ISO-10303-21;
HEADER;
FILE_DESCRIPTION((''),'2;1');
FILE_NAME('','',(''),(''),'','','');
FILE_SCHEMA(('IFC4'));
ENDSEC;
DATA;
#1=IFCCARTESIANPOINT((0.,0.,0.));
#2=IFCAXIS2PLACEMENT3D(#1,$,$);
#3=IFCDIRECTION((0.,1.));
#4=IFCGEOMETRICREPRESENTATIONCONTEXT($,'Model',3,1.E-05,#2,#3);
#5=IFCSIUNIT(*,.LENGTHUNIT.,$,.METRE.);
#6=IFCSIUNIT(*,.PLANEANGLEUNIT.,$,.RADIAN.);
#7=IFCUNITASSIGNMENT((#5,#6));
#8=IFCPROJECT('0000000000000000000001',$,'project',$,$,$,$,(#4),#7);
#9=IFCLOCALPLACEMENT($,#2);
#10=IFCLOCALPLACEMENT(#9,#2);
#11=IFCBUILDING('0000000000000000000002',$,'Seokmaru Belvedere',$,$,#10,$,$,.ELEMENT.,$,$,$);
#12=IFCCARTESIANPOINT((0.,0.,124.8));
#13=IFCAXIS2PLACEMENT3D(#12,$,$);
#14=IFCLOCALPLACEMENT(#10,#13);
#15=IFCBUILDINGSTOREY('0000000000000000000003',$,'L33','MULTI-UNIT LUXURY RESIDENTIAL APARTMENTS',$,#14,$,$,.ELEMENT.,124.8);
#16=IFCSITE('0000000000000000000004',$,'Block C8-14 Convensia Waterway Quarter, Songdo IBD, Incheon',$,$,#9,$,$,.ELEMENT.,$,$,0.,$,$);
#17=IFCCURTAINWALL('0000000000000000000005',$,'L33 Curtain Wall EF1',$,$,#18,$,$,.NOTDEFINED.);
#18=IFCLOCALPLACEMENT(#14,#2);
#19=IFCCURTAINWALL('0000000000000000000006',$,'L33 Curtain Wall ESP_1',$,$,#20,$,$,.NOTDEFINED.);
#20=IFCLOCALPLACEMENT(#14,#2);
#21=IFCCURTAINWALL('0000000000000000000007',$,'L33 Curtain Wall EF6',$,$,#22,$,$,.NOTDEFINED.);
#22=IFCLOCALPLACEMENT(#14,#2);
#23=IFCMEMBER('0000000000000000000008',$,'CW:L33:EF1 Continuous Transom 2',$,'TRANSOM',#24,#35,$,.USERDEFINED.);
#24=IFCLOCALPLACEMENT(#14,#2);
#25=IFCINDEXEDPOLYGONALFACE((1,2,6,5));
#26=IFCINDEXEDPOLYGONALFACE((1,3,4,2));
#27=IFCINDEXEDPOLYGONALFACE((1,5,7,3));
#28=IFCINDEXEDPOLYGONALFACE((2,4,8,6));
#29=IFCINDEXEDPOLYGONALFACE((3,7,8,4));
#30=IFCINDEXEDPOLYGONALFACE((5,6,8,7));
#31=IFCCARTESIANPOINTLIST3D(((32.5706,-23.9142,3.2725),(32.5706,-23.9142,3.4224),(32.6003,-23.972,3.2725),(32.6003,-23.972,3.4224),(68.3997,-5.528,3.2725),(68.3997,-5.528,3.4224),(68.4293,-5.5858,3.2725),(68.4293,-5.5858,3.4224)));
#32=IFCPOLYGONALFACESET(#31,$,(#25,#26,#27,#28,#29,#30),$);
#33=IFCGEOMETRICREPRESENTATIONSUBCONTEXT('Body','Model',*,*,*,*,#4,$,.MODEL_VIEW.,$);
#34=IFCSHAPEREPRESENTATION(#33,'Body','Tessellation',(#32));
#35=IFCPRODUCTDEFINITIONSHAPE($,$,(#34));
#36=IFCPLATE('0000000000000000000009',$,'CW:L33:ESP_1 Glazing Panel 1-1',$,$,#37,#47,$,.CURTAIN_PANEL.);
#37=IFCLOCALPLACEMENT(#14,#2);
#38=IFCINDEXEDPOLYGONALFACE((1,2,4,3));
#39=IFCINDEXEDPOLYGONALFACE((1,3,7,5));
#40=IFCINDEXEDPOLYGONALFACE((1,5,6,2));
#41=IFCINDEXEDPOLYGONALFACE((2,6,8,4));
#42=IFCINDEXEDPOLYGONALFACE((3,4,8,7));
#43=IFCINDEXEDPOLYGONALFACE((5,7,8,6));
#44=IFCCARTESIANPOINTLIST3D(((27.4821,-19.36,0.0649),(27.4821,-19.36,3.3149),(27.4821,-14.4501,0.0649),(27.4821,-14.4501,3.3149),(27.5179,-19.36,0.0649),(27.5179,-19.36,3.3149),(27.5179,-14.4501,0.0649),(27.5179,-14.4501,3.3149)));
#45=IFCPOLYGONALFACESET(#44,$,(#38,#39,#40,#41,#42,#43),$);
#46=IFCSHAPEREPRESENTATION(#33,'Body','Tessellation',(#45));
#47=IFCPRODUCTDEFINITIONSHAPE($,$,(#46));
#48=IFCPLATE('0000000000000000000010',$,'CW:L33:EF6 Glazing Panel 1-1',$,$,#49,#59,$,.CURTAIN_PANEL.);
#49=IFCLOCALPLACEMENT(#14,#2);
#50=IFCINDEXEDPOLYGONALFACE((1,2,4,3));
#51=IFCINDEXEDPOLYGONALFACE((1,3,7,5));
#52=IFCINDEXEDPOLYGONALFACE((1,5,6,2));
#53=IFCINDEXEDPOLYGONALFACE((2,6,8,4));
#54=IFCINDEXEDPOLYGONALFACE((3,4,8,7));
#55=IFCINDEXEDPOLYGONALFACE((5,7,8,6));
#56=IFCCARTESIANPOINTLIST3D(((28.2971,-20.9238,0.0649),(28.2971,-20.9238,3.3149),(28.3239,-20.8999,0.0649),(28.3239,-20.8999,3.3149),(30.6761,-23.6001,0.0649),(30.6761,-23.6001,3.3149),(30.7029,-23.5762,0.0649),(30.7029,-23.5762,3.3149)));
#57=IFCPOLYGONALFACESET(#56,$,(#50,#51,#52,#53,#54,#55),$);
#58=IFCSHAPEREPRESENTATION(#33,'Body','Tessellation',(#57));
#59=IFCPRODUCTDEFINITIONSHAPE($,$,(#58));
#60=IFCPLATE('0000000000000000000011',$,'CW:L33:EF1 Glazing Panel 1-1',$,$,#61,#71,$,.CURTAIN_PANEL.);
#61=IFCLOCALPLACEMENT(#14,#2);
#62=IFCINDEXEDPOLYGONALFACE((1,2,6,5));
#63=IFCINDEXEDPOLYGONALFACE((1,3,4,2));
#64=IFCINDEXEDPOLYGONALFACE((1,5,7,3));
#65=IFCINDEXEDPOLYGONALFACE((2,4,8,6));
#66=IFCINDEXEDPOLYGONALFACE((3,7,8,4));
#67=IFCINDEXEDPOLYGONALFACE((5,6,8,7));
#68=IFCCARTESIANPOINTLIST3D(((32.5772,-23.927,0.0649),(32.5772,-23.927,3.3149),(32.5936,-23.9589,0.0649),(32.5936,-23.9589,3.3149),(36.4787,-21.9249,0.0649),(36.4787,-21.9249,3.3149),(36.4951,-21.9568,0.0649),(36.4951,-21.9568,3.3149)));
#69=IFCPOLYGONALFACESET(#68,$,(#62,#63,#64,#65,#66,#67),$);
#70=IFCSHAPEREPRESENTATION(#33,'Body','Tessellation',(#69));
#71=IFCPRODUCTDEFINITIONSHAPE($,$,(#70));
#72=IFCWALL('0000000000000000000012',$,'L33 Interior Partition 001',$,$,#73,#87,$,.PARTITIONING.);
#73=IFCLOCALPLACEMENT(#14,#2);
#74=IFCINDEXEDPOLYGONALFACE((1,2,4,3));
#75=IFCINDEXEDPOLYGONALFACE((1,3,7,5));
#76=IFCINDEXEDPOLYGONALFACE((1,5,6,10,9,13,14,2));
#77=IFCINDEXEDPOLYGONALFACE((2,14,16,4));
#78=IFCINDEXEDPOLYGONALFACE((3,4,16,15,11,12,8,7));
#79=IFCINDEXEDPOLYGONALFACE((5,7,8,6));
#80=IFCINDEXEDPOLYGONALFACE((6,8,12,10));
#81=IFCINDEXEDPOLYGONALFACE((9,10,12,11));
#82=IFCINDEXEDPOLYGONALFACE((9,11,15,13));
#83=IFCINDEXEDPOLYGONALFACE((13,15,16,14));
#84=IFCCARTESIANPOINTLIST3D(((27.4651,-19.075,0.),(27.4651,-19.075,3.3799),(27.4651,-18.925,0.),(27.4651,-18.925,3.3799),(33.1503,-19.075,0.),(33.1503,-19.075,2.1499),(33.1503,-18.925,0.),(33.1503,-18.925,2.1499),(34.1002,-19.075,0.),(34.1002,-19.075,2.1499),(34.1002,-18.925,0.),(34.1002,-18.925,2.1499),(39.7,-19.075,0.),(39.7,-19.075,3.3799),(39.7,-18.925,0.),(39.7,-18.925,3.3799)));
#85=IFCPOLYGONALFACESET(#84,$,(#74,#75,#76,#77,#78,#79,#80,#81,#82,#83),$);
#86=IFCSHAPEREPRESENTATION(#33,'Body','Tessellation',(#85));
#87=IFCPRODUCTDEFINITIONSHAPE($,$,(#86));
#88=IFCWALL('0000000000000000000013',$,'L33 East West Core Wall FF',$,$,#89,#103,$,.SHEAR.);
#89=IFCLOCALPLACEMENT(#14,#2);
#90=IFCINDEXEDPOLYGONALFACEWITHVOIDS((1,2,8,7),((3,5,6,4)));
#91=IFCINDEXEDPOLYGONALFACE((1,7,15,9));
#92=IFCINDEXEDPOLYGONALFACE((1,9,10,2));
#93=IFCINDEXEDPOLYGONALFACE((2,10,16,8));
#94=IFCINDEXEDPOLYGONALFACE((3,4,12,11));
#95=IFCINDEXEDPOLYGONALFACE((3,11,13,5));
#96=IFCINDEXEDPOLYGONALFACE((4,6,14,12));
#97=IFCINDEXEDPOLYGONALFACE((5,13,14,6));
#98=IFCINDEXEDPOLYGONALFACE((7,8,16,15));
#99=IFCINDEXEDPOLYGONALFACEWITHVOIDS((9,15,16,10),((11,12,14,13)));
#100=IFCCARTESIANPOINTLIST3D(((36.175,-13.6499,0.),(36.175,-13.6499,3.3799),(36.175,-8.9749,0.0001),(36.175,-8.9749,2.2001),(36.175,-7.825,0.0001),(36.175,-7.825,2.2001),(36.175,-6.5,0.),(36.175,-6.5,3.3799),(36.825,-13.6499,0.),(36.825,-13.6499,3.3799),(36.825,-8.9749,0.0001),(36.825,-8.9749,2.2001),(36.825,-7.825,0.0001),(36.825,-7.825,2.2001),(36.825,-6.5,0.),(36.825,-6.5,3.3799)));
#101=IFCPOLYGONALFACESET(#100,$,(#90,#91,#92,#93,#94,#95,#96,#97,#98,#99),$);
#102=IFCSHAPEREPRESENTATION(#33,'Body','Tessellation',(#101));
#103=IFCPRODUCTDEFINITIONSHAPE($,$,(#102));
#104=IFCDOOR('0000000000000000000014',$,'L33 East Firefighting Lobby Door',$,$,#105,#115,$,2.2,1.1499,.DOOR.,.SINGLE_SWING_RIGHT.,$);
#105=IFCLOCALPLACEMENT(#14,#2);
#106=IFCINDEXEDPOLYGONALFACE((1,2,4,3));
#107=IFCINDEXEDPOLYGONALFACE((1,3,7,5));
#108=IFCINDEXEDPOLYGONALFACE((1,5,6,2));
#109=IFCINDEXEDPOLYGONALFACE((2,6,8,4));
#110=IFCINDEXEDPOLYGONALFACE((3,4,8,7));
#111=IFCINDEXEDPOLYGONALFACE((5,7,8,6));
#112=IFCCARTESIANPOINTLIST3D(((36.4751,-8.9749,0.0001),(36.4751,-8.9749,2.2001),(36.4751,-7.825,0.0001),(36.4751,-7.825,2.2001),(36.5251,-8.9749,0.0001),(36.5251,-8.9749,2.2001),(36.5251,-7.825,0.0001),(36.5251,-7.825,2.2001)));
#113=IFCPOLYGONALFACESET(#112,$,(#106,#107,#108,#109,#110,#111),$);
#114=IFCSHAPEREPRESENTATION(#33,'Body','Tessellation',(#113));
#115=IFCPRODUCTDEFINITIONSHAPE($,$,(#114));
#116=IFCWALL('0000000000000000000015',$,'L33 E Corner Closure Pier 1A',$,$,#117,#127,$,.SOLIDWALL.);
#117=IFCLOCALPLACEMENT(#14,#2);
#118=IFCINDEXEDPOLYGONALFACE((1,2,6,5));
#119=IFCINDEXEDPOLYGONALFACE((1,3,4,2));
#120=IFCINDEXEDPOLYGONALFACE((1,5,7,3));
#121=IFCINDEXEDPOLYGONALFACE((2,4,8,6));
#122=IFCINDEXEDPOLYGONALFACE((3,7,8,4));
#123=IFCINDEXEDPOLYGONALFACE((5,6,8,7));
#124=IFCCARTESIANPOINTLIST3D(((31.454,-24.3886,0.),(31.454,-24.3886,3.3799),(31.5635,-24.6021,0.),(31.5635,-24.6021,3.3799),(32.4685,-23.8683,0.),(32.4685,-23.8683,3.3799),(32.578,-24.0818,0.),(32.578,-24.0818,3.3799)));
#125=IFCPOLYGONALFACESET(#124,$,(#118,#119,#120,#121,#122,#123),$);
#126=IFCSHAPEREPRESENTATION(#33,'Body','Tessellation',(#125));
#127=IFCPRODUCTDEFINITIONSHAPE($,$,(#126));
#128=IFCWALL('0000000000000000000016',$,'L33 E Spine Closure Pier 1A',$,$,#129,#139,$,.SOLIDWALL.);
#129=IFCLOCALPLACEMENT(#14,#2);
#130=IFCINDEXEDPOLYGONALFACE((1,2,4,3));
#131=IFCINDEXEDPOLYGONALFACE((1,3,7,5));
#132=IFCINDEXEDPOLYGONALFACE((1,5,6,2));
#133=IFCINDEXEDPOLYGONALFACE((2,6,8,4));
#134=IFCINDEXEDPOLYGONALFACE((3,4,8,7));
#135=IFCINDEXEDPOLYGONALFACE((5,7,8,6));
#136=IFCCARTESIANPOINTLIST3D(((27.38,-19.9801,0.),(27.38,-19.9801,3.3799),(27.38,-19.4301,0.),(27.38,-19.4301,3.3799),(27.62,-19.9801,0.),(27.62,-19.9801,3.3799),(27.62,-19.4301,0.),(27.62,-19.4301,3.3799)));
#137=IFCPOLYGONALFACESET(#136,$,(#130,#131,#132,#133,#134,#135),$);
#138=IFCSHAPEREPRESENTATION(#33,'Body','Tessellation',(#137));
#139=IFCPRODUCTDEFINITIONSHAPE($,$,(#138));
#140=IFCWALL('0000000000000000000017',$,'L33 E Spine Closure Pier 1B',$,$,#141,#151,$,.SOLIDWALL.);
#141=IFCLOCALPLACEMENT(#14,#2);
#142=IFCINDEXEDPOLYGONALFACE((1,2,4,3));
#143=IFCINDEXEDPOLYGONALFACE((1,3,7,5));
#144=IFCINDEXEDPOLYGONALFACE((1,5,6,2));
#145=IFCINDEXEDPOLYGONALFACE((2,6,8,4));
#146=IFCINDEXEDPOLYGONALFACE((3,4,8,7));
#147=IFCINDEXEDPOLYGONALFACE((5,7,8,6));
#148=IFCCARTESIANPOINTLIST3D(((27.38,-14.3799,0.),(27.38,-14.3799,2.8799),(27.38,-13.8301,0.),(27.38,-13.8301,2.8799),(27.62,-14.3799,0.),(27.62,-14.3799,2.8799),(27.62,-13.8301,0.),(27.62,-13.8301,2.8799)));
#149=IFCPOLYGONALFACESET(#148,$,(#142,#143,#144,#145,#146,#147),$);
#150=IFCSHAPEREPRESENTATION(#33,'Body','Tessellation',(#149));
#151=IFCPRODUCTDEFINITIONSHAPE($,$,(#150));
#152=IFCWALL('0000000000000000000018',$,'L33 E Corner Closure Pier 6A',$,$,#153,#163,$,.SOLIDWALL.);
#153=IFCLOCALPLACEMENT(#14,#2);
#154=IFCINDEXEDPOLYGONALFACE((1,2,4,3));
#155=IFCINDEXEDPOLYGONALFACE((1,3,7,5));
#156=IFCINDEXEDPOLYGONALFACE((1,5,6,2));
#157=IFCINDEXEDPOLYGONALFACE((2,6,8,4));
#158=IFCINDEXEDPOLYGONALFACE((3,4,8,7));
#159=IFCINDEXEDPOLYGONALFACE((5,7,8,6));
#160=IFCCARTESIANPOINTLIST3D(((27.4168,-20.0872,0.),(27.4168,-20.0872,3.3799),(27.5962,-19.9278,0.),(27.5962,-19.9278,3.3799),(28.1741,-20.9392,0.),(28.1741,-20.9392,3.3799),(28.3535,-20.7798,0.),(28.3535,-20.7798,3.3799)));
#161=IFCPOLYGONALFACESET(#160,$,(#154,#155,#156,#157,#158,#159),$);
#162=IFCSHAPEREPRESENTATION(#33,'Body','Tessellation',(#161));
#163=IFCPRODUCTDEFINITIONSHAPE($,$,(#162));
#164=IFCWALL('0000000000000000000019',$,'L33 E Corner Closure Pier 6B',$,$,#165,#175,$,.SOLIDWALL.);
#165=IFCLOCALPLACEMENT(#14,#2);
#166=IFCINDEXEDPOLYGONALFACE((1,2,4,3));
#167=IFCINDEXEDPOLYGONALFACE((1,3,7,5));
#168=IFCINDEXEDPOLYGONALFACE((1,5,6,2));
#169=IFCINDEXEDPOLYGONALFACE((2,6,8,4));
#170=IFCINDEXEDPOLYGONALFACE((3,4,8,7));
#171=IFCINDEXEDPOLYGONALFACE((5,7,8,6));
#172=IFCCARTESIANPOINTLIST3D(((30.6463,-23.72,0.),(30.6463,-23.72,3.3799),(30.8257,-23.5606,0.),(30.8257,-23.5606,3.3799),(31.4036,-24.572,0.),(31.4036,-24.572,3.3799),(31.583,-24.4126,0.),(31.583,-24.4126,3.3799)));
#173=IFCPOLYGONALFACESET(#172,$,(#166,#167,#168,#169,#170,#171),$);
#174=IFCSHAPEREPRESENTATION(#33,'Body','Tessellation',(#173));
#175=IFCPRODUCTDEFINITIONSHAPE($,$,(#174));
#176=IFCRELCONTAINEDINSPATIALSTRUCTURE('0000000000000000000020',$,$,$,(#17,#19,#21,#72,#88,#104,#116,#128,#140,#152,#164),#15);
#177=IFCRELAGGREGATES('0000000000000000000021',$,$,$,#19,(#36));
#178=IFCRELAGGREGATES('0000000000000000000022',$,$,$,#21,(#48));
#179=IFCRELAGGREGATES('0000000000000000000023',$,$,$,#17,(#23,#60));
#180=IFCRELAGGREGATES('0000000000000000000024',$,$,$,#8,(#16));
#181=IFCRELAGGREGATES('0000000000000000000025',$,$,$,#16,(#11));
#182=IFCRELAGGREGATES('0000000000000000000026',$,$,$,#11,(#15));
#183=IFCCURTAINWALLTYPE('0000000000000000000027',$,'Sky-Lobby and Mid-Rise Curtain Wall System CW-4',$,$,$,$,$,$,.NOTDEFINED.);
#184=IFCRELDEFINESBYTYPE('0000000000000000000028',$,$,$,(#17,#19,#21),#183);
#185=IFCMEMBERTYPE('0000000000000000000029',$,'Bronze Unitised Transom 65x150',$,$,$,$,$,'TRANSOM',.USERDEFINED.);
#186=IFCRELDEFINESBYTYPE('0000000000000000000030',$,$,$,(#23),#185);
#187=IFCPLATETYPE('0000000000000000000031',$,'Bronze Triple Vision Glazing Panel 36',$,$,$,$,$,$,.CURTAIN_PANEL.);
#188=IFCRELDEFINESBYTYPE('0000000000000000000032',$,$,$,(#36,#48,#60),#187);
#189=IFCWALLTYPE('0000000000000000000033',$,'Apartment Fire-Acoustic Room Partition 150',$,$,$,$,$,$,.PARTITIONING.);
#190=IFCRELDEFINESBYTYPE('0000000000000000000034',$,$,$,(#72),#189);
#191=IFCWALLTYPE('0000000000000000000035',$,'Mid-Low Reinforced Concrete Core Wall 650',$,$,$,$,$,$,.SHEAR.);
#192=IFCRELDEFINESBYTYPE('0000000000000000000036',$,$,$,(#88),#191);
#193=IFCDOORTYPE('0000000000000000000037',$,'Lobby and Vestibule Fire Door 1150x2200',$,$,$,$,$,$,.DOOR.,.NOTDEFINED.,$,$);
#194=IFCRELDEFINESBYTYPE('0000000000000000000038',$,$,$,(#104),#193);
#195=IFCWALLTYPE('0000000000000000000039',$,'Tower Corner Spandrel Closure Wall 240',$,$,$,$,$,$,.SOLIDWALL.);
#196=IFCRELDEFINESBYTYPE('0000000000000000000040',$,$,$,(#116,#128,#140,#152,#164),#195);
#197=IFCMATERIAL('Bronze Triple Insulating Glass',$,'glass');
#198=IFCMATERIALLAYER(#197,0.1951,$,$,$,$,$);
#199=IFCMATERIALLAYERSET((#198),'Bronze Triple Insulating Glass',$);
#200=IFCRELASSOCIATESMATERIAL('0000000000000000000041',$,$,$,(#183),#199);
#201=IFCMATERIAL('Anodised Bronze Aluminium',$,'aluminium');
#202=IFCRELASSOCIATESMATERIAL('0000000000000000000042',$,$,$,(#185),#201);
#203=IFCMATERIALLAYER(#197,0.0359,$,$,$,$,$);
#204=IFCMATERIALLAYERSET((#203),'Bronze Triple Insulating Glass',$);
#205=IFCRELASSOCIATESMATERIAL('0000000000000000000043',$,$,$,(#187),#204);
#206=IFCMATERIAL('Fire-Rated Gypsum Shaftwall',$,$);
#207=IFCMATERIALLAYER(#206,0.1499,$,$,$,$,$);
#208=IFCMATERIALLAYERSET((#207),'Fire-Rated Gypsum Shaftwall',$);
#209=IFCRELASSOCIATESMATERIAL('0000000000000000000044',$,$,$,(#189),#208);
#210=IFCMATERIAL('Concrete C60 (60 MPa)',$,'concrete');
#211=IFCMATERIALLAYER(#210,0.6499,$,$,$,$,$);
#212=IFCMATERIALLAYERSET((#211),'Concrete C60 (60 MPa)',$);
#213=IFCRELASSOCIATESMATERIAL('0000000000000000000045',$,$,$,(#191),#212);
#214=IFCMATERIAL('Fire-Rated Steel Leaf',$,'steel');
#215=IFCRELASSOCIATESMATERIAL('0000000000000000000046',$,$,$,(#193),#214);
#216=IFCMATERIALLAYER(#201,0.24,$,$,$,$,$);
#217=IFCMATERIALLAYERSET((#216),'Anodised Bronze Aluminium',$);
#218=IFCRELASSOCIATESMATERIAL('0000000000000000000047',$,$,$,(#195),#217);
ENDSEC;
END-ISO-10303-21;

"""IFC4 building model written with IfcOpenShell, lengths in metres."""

from ifc_helpers import new_model, si_unit, direction, frame, frame_2d, origin, origin_2d, place, context, subcontext, project, spatial, rectangle, extrude, source, transform, mapped, material, layer, layer_set, material_profile, profile_set, type_object, type_shapes, element, fill, aggregate, save


model = new_model("IFC4")

# Units and contexts
model_context = context("Model", 3, precision=1e-05, world=origin(), true_north=direction((0.0, 1.0)))
body_context = subcontext(model_context, "Body", "Model", "MODEL_VIEW")
ifc_project = project(units=[si_unit("LENGTHUNIT", "METRE"), si_unit("PLANEANGLEUNIT", "RADIAN")], contexts=[model_context])

# Site, building, storey
site_placement = place(None, origin())
site = spatial("IfcSite", under=ifc_project, at=site_placement, Name="Block C8-14 Convensia Waterway Quarter, Songdo IBD, Incheon", CompositionType="ELEMENT", RefElevation=0.0)
building_placement = place(site_placement, origin())
building = spatial("IfcBuilding", under=site, at=building_placement, Name="Seokmaru Belvedere", CompositionType="ELEMENT")
storey_placement = place(building_placement, frame((0.0, 0.0, 124.8)))
storey = spatial("IfcBuildingStorey", under=building, at=storey_placement, Name="L33", Description="MULTI-UNIT LUXURY RESIDENTIAL APARTMENTS", CompositionType="ELEMENT", Elevation=124.8)

# Curtain wall
ifc_material_1 = material(Name="Bronze Triple Insulating Glass", Category="glass")
ifc_layer_1 = layer(ifc_material_1, 0.1951)
ifc_layer_set_1 = layer_set([ifc_layer_1], Name="Bronze Triple Insulating Glass")
curtain_wall_type = type_object("IfcCurtainWallType", Name="Sky-Lobby and Mid-Rise Curtain Wall System CW-4", PredefinedType="NOTDEFINED", material=ifc_layer_set_1)
curtain_wall_1_placement = place(storey_placement, origin())
curtain_wall_1 = element("IfcCurtainWall", 1, at=curtain_wall_1_placement, inside=storey, type_object=curtain_wall_type, Name="L33 Curtain Wall EF1", PredefinedType="NOTDEFINED")
ifc_material_2 = material(Name="Anodised Bronze Aluminium", Category="aluminium")

# Curtain walls
curtain_wall_2_placement = place(storey_placement, origin())
curtain_wall_2 = element("IfcCurtainWall", 2, at=curtain_wall_2_placement, inside=storey, type_object=curtain_wall_type, Name="L33 Curtain Wall ESP_1", PredefinedType="NOTDEFINED")
curtain_wall_3_placement = place(storey_placement, origin())
curtain_wall_3 = element("IfcCurtainWall", 3, at=curtain_wall_3_placement, inside=storey, type_object=curtain_wall_type, Name="L33 Curtain Wall EF6", PredefinedType="NOTDEFINED")

# Member
ifc_material_profile_1 = material_profile(ifc_material_2, rectangle(XDim=0.0649, YDim=0.1499, at=origin_2d()), Name="CW-T-65x150")
ifc_profile_set_1 = profile_set([ifc_material_profile_1], Name="Anodised Bronze Aluminium")
member_type_1 = type_object("IfcMemberType", Name="Bronze Unitised Transom 65x150", ElementType="TRANSOM", PredefinedType="USERDEFINED", material=ifc_profile_set_1)
shared_shape_1 = source(origin(), body_context, "Body", "SweptSolid", [
    extrude(rectangle(XDim=0.0649, YDim=0.1499, at=origin_2d()), origin(), (0.0, 0.0, 1.0), 40.2712),
])
member_1_placement = place(storey_placement, frame((32.5854, -23.9431, 3.3474), z_axis=(0.889693, 0.456559, 0.0), x_axis=(-0.456559, 0.889693, 0.0)))
member_1 = element("IfcMember", 4, at=member_1_placement, type_object=member_type_1, Name="CW:L33:EF1 Continuous Transom 2", ObjectType="TRANSOM", PredefinedType="USERDEFINED", context=body_context, shape_type="MappedRepresentation", body=[
    mapped(shared_shape_1, transform((0.0, 0.0, 0.0), scale=1.0)),
])

# Plates
ifc_layer_2 = layer(ifc_material_1, 0.0359)
ifc_layer_set_2 = layer_set([ifc_layer_2], Name="Bronze Triple Insulating Glass")
plate_type = type_object("IfcPlateType", Name="Bronze Triple Vision Glazing Panel 36", PredefinedType="CURTAIN_PANEL", material=ifc_layer_set_2)
shared_shape_2 = source(origin(), body_context, "Body", "SweptSolid", [
    extrude(rectangle(XDim=4.9099, YDim=0.0359, at=origin_2d()), origin(), (0.0, 0.0, 1.0), 3.25),
])
plate_1_placement = place(storey_placement, frame((27.5, -16.905, 0.0649), z_axis=(0.0, 0.0, 1.0), x_axis=(0.0, -1.0, 0.0)))
plate_1 = element("IfcPlate", 5, at=plate_1_placement, type_object=plate_type, Name="CW:L33:ESP_1 Glazing Panel 1-1", PredefinedType="CURTAIN_PANEL", context=body_context, shape_type="MappedRepresentation", body=[
    mapped(shared_shape_2, transform((0.0, 0.0, 0.0), scale=1.0)),
])
aggregate(curtain_wall_2, [plate_1])
shared_shape_3 = source(origin(), body_context, "Body", "SweptSolid", [
    extrude(rectangle(XDim=3.5808, YDim=0.0359, at=origin_2d()), origin(), (0.0, 0.0, 1.0), 3.25),
])
plate_2_placement = place(storey_placement, frame((29.5, -22.25, 0.0649), z_axis=(0.0, 0.0, 1.0), x_axis=(0.664363, -0.74741, 0.0)))
plate_2 = element("IfcPlate", 6, at=plate_2_placement, type_object=plate_type, Name="CW:L33:EF6 Glazing Panel 1-1", PredefinedType="CURTAIN_PANEL", context=body_context, shape_type="MappedRepresentation", body=[
    mapped(shared_shape_3, transform((0.0, 0.0, 0.0), scale=1.0)),
])
aggregate(curtain_wall_3, [plate_2])
shared_shape_4 = source(origin(), body_context, "Body", "SweptSolid", [
    extrude(rectangle(XDim=4.3853, YDim=0.0359, at=origin_2d()), origin(), (0.0, 0.0, 1.0), 3.25),
])
type_shapes(plate_type, [shared_shape_2, shared_shape_3, shared_shape_4])
plate_3_placement = place(storey_placement, frame((34.5361, -22.9419, 0.0649), z_axis=(0.0, 0.0, 1.0), x_axis=(0.889695, 0.456555, 0.0)))
plate_3 = element("IfcPlate", 7, at=plate_3_placement, type_object=plate_type, Name="CW:L33:EF1 Glazing Panel 1-1", PredefinedType="CURTAIN_PANEL", context=body_context, shape_type="MappedRepresentation", body=[
    mapped(shared_shape_4, transform((0.0, 0.0, 0.0), scale=1.0)),
])
aggregate(curtain_wall_1, [member_1, plate_3])

# Wall, opening
ifc_material_3 = material(Name="Fire-Rated Gypsum Shaftwall")
ifc_layer_3 = layer(ifc_material_3, 0.1499)
ifc_layer_set_3 = layer_set([ifc_layer_3], Name="Fire-Rated Gypsum Shaftwall")
wall_type_1 = type_object("IfcWallType", Name="Apartment Fire-Acoustic Room Partition 150", PredefinedType="PARTITIONING", material=ifc_layer_set_3)
wall_1_placement = place(storey_placement, frame((27.4651, -19.0, 0.0), z_axis=(0.0, 0.0, 1.0), x_axis=(1.0, 0.0, 0.0)))
wall_1 = element("IfcWall", 8, at=wall_1_placement, inside=storey, type_object=wall_type_1, Name="L33 Interior Partition 001", PredefinedType="PARTITIONING", context=body_context, shape_type="SweptSolid", body=[
    extrude(rectangle(XDim=12.2349, YDim=0.1499, at=frame_2d((6.1174, 0.0))), origin(), (0.0, 0.0, 1.0), 3.3799),
])
opening_1_placement = place(wall_1_placement, frame((5.6851, 0.0, 0.0)))
element("IfcOpeningElement", 9, at=opening_1_placement, cuts=wall_1, PredefinedType="OPENING", context=body_context, shape_type="SweptSolid", body=[
    extrude(rectangle(XDim=0.95, YDim=2.1499, at=frame_2d((0.4751, 1.075))), frame((0.0, 0.085, 0.0), z_axis=(0.0, -1.0, 0.0), x_axis=(1.0, 0.0, 0.0)), (0.0, 0.0, 1.0), 0.1699),
])

# Wall, opening, door
ifc_material_4 = material(Name="Concrete C60 (60 MPa)", Category="concrete")
ifc_layer_4 = layer(ifc_material_4, 0.6499)
ifc_layer_set_4 = layer_set([ifc_layer_4], Name="Concrete C60 (60 MPa)")
wall_type_2 = type_object("IfcWallType", Name="Mid-Low Reinforced Concrete Core Wall 650", PredefinedType="SHEAR", material=ifc_layer_set_4)
wall_2_placement = place(storey_placement, frame((36.5, -13.6499, 0.0), z_axis=(0.0, 0.0, 1.0), x_axis=(0.0, 1.0, 0.0)))
wall_2 = element("IfcWall", 10, at=wall_2_placement, inside=storey, type_object=wall_type_2, Name="L33 East West Core Wall FF", PredefinedType="SHEAR", context=body_context, shape_type="SweptSolid", body=[
    extrude(rectangle(XDim=7.1499, YDim=0.6499, at=frame_2d((3.575, 0.0))), origin(), (0.0, 0.0, 1.0), 3.3799),
])
opening_2_placement = place(wall_2_placement, frame((4.675, 0.0, 0.0)))
opening_2 = element("IfcOpeningElement", 11, at=opening_2_placement, cuts=wall_2, PredefinedType="OPENING", context=body_context, shape_type="SweptSolid", body=[
    extrude(rectangle(XDim=1.1499, YDim=2.2, at=frame_2d((0.575, 1.1001))), frame((0.0, 0.335, 0.0), z_axis=(0.0, -1.0, 0.0), x_axis=(1.0, 0.0, 0.0)), (0.0, 0.0, 1.0), 0.6699),
])
ifc_material_5 = material(Name="Fire-Rated Steel Leaf", Category="steel")
door_type = type_object("IfcDoorType", Name="Lobby and Vestibule Fire Door 1150x2200", OperationType="NOTDEFINED", PredefinedType="DOOR", material=ifc_material_5)
shared_shape_5 = source(origin(), body_context, "Body", "SweptSolid", [
    extrude(rectangle(XDim=1.1499, YDim=2.2, at=frame_2d((0.575, 1.1001))), frame((0.0, 0.0249, 0.0), z_axis=(0.0, -1.0, 0.0), x_axis=(1.0, 0.0, 0.0)), (0.0, 0.0, 1.0), 0.05),
])
type_shapes(door_type, [shared_shape_5])
door_placement = place(opening_2_placement, origin())
door = element("IfcDoor", 12, at=door_placement, inside=storey, type_object=door_type, Name="L33 East Firefighting Lobby Door", OperationType="SINGLE_SWING_RIGHT", OverallHeight=2.2, OverallWidth=1.1499, PredefinedType="DOOR", context=body_context, shape_type="MappedRepresentation", body=[
    mapped(shared_shape_5, transform((0.0, 0.0, 0.0), scale=1.0)),
])
fill(opening_2, door)

# Walls
ifc_layer_5 = layer(ifc_material_2, 0.24)
ifc_layer_set_5 = layer_set([ifc_layer_5], Name="Anodised Bronze Aluminium")
wall_type_3 = type_object("IfcWallType", Name="Tower Corner Spandrel Closure Wall 240", PredefinedType="SOLIDWALL", material=ifc_layer_set_5)
wall_3_placement = place(storey_placement, frame((31.5088, -24.4954, 0.0), z_axis=(0.0, 0.0, 1.0), x_axis=(0.889797, 0.456356, 0.0)))
element("IfcWall", 13, at=wall_3_placement, inside=storey, type_object=wall_type_3, Name="L33 E Corner Closure Pier 1A", PredefinedType="SOLIDWALL", context=body_context, shape_type="SweptSolid", body=[
    extrude(rectangle(XDim=1.1401, YDim=0.24, at=frame_2d((0.5701, 0.0))), origin(), (0.0, 0.0, 1.0), 3.3799),
])
wall_4_placement = place(storey_placement, frame((27.5, -19.98, 0.0), z_axis=(0.0, 0.0, 1.0), x_axis=(0.0, 1.0, 0.0)))
element("IfcWall", 14, at=wall_4_placement, inside=storey, type_object=wall_type_3, Name="L33 E Spine Closure Pier 1A", PredefinedType="SOLIDWALL", context=body_context, shape_type="SweptSolid", body=[
    extrude(rectangle(XDim=0.55, YDim=0.24, at=frame_2d((0.2749, 0.0))), origin(), (0.0, 0.0, 1.0), 3.3799),
])
wall_5_placement = place(storey_placement, frame((27.5, -14.3799, 0.0), z_axis=(0.0, 0.0, 1.0), x_axis=(0.0, 1.0, 0.0)))
element("IfcWall", 15, at=wall_5_placement, inside=storey, type_object=wall_type_3, Name="L33 E Spine Closure Pier 1B", PredefinedType="SOLIDWALL", context=body_context, shape_type="SweptSolid", body=[
    extrude(rectangle(XDim=0.5498, YDim=0.24, at=frame_2d((0.2749, 0.0))), origin(), (0.0, 0.0, 1.0), 2.8799),
])
for number, where, z_axis, x_axis, name in (
    (16, (27.5066, -20.0076, 0.0), (0.0, 0.0, 1.0), (0.664337, -0.747433, 0.0), "L33 E Corner Closure Pier 6A"),
    (17, (30.7361, -23.6404, 0.0), (0.0, 0.0, 1.0), (0.664337, -0.747433, 0.0), "L33 E Corner Closure Pier 6B"),
):
    element("IfcWall", number, at=place(storey_placement, frame(where, z_axis=z_axis, x_axis=x_axis)), inside=storey, type_object=wall_type_3, Name=name, PredefinedType="SOLIDWALL", context=body_context, shape_type="SweptSolid", body=[
        extrude(rectangle(XDim=1.1399, YDim=0.24, at=frame_2d((0.5698, 0.0))), origin(), (0.0, 0.0, 1.0), 3.3799),
    ])

save(model, "model.ifc")
